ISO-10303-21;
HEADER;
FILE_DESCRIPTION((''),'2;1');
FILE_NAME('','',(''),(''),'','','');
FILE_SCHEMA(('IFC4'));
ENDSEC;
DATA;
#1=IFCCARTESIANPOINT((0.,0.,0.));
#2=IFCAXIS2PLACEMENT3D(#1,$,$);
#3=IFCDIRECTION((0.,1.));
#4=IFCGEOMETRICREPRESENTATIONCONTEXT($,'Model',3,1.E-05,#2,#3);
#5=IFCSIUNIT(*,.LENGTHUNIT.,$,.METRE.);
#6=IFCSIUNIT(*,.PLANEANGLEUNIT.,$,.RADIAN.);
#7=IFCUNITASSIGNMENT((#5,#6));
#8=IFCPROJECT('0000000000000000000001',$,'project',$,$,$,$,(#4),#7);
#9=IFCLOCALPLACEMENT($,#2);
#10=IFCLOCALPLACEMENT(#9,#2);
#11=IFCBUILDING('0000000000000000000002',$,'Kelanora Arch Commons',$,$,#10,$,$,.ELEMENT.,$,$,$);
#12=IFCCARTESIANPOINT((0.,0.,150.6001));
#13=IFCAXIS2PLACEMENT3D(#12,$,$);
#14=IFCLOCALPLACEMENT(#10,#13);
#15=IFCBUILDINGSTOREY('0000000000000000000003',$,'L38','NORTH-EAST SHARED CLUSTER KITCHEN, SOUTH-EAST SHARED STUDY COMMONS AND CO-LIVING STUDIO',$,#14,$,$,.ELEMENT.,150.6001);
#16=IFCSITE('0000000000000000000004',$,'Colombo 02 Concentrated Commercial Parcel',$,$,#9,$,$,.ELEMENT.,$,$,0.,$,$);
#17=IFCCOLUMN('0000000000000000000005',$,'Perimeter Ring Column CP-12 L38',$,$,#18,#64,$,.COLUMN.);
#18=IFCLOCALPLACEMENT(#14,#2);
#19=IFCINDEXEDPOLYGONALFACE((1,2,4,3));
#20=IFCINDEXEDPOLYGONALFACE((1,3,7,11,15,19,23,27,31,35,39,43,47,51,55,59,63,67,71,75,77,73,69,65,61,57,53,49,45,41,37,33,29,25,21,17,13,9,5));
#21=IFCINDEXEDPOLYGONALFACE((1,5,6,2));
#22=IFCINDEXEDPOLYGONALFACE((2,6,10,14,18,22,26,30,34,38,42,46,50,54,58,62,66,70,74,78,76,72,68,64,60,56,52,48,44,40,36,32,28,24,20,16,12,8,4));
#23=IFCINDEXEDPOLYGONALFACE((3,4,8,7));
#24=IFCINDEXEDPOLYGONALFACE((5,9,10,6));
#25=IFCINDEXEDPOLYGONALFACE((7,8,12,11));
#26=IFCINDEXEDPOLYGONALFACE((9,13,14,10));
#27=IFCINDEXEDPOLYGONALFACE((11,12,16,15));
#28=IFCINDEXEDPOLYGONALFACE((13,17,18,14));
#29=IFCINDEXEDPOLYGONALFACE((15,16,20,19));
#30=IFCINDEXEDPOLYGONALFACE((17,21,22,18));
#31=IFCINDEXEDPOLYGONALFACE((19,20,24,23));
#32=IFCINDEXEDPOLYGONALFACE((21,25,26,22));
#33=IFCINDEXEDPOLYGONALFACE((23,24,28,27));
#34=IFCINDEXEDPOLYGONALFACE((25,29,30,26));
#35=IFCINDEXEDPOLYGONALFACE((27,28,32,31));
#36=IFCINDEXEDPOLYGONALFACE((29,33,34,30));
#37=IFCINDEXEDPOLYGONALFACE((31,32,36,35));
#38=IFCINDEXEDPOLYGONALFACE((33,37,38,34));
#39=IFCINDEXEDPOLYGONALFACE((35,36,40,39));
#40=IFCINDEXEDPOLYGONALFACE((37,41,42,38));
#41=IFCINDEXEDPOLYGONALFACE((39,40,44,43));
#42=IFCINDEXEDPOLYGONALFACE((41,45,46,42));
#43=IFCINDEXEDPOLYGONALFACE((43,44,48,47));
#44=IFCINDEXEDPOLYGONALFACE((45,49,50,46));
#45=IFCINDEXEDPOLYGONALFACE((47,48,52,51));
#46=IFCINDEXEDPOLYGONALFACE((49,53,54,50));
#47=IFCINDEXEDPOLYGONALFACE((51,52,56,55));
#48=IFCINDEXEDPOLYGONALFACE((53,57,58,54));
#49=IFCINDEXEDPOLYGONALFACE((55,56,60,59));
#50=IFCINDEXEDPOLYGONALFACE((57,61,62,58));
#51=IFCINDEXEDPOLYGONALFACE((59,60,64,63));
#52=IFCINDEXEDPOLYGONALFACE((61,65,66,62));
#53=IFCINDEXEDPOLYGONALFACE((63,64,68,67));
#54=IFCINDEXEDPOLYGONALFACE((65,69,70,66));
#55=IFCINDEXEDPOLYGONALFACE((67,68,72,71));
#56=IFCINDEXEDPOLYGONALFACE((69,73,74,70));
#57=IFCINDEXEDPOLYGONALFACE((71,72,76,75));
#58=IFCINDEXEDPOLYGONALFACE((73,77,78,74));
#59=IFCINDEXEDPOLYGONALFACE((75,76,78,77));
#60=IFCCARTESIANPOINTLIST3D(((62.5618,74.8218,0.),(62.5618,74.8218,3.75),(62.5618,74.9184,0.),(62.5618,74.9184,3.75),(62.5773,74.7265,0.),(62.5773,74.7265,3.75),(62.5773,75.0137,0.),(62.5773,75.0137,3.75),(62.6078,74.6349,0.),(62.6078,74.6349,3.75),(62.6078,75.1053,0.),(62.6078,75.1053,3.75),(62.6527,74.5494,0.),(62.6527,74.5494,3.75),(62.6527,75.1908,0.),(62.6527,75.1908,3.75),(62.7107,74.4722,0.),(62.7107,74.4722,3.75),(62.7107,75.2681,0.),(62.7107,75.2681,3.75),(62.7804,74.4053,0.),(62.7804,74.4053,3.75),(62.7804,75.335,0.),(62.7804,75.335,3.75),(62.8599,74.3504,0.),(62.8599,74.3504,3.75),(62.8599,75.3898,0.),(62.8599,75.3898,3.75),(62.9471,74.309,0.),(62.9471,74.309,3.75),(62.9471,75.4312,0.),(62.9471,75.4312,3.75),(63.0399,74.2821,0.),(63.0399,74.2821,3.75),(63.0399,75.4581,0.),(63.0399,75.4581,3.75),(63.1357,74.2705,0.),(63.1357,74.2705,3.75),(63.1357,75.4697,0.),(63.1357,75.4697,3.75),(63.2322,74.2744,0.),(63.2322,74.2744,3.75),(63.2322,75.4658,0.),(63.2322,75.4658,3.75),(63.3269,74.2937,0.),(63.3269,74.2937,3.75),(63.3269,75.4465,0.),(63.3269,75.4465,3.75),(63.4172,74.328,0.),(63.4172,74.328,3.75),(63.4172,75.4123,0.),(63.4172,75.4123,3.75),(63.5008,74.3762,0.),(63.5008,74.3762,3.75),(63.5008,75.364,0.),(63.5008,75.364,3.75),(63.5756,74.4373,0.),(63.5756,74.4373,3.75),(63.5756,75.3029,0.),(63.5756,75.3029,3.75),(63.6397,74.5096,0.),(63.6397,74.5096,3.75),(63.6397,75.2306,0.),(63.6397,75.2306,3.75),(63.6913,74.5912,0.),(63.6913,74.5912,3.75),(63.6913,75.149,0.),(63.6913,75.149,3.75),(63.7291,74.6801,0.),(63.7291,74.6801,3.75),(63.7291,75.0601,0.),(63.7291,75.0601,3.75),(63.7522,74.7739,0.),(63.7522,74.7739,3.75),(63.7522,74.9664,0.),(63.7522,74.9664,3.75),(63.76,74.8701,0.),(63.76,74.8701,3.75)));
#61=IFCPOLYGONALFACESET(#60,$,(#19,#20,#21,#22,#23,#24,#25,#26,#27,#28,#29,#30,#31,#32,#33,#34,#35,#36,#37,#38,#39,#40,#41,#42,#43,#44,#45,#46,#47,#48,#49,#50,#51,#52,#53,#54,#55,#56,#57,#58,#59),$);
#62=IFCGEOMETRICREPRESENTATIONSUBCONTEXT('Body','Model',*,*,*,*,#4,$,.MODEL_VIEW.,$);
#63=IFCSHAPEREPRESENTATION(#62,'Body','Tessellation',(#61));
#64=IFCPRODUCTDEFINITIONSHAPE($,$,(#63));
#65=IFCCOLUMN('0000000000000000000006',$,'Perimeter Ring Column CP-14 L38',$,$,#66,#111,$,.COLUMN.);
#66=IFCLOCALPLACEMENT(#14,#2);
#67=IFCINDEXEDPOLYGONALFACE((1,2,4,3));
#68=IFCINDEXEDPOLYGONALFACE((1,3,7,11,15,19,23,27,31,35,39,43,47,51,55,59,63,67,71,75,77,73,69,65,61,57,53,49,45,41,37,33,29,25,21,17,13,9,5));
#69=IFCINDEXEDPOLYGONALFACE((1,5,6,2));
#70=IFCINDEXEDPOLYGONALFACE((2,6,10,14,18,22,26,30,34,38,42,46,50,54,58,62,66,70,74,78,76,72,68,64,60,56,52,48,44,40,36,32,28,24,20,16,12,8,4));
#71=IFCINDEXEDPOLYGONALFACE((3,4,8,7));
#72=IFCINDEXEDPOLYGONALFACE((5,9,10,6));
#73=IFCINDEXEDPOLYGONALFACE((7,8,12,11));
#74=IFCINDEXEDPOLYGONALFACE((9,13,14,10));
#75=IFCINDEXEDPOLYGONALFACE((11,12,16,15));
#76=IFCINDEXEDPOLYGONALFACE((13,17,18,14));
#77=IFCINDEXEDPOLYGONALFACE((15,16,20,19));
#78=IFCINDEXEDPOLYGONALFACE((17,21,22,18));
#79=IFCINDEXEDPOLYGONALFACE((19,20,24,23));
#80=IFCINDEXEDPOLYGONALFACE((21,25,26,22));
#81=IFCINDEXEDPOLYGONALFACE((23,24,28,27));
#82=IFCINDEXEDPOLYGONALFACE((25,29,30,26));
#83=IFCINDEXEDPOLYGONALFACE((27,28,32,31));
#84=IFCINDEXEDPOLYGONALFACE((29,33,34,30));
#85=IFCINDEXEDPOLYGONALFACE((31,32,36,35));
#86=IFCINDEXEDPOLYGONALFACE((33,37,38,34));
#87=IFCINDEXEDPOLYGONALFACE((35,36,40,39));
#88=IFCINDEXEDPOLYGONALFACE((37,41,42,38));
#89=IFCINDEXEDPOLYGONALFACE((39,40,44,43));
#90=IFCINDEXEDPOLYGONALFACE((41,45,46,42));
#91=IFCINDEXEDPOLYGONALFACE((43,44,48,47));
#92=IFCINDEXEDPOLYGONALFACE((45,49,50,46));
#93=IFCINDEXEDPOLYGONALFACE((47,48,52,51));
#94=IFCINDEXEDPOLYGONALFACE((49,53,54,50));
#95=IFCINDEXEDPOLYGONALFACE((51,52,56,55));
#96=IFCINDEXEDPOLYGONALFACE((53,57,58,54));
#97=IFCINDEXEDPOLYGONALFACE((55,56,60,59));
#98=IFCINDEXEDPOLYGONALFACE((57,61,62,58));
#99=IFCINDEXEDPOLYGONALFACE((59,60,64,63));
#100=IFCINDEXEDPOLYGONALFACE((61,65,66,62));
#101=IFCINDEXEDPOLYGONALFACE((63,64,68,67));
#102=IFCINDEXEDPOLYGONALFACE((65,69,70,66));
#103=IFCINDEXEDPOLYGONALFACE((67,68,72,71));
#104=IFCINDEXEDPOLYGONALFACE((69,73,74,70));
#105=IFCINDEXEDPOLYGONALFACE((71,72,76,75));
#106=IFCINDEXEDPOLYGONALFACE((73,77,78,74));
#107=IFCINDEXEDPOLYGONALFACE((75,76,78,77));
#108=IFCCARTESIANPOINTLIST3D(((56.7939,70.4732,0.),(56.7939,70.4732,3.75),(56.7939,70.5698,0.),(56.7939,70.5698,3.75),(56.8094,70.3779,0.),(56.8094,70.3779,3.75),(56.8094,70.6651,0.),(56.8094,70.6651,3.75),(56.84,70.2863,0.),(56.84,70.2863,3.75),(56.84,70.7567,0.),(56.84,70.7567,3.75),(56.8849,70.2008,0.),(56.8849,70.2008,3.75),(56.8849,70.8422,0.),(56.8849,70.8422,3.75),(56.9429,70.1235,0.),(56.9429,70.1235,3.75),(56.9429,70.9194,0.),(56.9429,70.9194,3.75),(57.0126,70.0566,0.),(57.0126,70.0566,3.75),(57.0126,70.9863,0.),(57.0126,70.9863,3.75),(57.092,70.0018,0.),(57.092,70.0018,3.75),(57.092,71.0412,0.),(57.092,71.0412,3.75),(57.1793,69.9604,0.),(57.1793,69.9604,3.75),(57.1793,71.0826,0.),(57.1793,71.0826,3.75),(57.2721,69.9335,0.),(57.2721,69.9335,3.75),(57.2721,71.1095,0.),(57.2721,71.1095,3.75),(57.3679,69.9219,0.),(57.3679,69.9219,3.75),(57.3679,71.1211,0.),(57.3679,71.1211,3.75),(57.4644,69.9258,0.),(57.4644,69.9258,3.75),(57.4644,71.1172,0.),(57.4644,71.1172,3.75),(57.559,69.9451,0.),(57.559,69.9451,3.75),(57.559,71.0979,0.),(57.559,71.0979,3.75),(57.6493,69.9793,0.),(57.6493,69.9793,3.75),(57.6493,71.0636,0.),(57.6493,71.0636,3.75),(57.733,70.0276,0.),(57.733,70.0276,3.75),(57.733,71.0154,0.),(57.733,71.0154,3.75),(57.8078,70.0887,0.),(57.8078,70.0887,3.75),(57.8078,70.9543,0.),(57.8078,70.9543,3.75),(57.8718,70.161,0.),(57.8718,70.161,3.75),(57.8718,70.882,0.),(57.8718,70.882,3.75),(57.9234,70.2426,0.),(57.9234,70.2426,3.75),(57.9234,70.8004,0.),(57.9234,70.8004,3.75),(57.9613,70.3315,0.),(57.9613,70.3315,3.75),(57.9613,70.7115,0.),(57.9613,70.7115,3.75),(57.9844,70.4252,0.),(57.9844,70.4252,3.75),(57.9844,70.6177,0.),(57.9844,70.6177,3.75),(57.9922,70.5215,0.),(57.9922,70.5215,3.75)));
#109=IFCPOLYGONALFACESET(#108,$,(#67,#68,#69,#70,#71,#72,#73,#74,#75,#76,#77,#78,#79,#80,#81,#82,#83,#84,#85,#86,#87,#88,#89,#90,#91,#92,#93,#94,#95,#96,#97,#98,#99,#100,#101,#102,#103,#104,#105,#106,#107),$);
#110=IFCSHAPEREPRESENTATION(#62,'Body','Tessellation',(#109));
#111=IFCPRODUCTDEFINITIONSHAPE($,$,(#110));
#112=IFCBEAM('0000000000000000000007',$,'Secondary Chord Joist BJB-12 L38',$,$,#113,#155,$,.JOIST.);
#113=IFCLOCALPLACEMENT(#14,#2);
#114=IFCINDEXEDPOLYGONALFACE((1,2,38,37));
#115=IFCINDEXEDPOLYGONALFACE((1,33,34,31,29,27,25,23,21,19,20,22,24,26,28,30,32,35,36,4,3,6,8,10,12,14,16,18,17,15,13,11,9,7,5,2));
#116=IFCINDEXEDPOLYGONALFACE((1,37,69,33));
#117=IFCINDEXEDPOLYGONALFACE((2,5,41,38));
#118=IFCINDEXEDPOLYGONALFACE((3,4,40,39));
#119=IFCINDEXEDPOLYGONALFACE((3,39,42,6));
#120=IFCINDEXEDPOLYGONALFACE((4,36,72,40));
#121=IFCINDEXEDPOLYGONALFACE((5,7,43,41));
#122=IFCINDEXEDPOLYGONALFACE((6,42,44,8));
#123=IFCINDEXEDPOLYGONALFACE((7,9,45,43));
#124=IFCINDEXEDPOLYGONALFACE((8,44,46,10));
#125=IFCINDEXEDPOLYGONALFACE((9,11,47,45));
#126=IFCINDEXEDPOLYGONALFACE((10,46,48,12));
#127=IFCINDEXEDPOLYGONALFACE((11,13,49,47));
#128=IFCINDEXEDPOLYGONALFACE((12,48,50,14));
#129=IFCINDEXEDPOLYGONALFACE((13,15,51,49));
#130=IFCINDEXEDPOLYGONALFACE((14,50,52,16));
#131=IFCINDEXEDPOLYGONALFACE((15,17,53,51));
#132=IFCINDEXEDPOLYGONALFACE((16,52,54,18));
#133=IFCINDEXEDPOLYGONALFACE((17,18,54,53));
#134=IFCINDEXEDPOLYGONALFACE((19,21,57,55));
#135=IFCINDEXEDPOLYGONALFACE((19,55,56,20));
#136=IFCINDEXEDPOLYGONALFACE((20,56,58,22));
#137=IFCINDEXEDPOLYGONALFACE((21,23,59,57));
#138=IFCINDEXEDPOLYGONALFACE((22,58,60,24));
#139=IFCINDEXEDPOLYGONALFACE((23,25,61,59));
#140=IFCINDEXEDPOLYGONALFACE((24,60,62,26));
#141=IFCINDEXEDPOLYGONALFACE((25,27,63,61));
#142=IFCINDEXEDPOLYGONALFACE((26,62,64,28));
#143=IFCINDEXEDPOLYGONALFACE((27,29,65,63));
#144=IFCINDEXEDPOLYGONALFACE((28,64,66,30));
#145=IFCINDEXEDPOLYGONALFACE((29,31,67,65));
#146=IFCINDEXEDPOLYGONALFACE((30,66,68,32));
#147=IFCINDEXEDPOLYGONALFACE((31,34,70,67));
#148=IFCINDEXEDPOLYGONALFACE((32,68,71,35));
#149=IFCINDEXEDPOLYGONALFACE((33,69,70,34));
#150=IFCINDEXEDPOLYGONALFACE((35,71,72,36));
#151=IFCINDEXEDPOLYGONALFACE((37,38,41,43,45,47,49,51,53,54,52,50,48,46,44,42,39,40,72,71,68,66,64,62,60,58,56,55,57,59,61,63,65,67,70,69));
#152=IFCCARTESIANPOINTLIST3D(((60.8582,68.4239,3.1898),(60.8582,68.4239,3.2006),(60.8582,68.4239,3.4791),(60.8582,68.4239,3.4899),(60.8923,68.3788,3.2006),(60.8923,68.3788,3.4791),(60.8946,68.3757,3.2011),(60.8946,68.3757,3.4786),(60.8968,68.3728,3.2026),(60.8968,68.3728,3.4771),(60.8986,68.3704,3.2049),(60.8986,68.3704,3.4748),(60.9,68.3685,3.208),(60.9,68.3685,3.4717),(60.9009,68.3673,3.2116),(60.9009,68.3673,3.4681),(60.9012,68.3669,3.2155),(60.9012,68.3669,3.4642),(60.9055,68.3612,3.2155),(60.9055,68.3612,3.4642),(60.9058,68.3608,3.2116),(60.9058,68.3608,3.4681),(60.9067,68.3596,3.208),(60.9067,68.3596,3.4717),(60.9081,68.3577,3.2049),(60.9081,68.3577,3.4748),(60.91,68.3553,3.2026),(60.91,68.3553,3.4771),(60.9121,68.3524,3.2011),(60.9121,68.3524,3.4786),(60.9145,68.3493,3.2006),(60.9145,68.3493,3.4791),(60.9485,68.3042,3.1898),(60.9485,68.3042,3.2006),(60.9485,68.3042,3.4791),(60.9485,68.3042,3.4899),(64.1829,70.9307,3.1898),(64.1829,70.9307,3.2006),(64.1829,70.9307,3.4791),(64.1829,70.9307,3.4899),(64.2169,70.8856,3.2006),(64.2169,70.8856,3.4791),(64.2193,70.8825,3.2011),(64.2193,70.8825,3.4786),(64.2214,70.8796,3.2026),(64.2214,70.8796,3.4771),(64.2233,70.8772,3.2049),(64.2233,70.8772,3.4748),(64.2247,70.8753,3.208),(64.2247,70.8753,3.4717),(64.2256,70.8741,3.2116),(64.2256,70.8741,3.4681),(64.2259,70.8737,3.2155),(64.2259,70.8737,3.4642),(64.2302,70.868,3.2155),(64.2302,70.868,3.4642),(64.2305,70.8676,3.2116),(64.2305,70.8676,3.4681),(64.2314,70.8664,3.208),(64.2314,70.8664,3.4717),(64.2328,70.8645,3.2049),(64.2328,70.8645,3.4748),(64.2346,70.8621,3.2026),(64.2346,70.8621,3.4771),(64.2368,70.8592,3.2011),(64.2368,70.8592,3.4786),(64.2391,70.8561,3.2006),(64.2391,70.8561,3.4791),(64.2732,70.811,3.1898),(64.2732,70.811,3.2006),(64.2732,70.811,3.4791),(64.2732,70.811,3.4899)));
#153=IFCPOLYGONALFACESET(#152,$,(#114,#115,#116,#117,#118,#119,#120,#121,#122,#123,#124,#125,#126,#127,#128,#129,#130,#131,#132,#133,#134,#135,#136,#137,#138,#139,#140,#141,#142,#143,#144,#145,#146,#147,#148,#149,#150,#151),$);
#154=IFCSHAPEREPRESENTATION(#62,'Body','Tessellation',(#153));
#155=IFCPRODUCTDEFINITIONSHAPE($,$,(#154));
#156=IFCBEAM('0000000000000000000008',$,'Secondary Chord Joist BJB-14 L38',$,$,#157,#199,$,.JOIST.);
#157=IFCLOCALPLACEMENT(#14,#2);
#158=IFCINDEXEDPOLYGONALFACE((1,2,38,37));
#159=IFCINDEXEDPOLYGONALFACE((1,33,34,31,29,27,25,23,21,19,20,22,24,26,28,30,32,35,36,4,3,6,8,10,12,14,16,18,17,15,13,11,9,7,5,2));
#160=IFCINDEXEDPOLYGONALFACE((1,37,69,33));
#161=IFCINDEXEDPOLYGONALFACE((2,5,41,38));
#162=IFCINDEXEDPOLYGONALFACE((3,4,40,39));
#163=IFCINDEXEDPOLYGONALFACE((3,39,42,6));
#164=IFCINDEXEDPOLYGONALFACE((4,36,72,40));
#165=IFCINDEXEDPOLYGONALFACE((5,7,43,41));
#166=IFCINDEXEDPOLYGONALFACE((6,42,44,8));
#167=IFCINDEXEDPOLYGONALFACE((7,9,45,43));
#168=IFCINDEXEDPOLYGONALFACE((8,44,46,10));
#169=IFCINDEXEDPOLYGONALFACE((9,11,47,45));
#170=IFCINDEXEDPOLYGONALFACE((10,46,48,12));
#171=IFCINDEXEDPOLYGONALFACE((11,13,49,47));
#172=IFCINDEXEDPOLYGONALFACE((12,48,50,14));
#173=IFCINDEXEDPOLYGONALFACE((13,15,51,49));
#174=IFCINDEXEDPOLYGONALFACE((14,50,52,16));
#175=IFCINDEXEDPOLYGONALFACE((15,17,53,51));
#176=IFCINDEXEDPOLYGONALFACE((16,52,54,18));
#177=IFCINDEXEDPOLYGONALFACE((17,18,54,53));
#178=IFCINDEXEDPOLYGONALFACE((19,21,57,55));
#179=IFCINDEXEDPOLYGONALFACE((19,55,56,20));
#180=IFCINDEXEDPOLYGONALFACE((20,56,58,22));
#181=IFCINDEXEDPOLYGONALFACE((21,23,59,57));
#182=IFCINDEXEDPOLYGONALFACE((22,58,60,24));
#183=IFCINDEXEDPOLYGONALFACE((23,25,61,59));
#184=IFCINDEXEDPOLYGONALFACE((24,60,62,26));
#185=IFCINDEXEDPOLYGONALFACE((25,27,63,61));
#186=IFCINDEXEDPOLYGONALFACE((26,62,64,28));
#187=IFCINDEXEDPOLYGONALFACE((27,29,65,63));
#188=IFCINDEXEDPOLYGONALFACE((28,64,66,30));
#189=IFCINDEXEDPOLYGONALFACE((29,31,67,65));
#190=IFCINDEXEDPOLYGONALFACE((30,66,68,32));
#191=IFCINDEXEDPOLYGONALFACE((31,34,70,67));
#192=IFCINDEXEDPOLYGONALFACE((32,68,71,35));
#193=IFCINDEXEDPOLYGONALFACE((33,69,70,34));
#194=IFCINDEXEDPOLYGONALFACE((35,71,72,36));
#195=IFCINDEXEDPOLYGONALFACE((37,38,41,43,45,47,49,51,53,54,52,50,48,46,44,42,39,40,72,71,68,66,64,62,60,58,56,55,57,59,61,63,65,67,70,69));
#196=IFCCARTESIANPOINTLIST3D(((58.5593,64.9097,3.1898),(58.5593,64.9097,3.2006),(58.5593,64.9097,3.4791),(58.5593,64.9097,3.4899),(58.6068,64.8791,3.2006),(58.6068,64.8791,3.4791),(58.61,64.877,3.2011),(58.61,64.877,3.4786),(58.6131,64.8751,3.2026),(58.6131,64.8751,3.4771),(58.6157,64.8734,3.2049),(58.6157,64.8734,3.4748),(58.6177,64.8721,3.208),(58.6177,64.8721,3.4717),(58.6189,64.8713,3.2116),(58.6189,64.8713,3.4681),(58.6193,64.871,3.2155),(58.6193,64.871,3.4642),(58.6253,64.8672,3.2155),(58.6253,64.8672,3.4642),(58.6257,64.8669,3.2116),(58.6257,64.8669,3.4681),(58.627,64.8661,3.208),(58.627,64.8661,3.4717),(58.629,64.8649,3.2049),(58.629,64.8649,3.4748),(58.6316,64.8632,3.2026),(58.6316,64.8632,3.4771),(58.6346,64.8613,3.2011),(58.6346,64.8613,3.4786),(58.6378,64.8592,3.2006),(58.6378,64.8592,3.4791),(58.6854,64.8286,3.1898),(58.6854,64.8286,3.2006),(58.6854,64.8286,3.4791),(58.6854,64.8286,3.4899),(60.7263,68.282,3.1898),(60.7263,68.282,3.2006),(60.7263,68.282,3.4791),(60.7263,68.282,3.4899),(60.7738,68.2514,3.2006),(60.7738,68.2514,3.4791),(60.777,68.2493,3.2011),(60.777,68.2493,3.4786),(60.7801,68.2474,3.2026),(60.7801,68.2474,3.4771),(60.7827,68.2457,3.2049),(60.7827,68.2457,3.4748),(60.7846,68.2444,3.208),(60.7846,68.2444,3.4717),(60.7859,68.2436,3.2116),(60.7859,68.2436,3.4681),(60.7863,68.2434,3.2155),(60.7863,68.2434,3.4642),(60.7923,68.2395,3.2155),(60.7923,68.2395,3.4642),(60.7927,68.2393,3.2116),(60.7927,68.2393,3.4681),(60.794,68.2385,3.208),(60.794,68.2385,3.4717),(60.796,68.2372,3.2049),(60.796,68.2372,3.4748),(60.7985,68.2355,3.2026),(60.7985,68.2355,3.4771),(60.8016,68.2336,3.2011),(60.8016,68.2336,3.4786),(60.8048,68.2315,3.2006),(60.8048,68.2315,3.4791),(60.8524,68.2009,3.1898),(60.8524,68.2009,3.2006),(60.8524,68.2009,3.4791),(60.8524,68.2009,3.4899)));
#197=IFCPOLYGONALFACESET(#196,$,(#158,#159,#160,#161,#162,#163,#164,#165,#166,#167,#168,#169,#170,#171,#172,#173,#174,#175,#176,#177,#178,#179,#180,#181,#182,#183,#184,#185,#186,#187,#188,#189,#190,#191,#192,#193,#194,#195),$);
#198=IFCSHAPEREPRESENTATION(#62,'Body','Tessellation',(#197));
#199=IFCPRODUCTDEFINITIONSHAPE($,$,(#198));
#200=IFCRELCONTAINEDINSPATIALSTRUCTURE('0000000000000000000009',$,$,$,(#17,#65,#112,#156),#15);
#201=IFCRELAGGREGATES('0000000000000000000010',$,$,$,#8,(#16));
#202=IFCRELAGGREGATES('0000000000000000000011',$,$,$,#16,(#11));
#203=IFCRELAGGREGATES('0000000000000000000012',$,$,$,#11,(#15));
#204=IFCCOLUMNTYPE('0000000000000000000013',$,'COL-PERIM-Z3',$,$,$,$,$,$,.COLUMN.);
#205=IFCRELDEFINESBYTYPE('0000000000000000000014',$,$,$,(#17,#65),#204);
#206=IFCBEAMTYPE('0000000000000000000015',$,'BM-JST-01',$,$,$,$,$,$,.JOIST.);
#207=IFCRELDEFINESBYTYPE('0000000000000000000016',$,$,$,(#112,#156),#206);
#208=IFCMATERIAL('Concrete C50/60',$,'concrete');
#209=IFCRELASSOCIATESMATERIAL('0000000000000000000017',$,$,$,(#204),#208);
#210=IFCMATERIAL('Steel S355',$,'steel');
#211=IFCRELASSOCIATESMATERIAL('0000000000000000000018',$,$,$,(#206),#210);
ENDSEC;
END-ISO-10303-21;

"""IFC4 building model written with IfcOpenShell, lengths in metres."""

from ifc_helpers import new_model, si_unit, direction, frame, origin, origin_2d, place, context, subcontext, project, spatial, circle, i_section, extrude, material, material_profile, profile_set, type_object, element, save


model = new_model("IFC4")

# Units and contexts
model_context = context("Model", 3, precision=1e-05, world=origin(), true_north=direction((0.0, 1.0)))
body_context = subcontext(model_context, "Body", "Model", "MODEL_VIEW")
ifc_project = project(units=[si_unit("LENGTHUNIT", "METRE"), si_unit("PLANEANGLEUNIT", "RADIAN")], contexts=[model_context])

# Site, building, storey
site_placement = place(None, origin())
site = spatial("IfcSite", under=ifc_project, at=site_placement, Name="Colombo 02 Concentrated Commercial Parcel", CompositionType="ELEMENT", RefElevation=0.0)
building_placement = place(site_placement, origin())
building = spatial("IfcBuilding", under=site, at=building_placement, Name="Kelanora Arch Commons", CompositionType="ELEMENT")
storey_placement = place(building_placement, frame((0.0, 0.0, 150.6001)))
storey = spatial("IfcBuildingStorey", under=building, at=storey_placement, Name="L38", Description="NORTH-EAST SHARED CLUSTER KITCHEN, SOUTH-EAST SHARED STUDY COMMONS AND CO-LIVING STUDIO", CompositionType="ELEMENT", Elevation=150.6001)

# Columns
ifc_material_1 = material(Name="Concrete C50/60", Category="concrete")
ifc_material_profile_1 = material_profile(ifc_material_1, circle(Radius=0.6001, at=origin_2d()), Name="RCC1200")
ifc_profile_set_1 = profile_set([ifc_material_profile_1], Name="Concrete C50/60")
column_type = type_object("IfcColumnType", Name="COL-PERIM-Z3", PredefinedType="COLUMN", material=ifc_profile_set_1)
for number, where, z_axis, x_axis, name in (
    (1, (63.1599, 74.8701, 0.0), (0.0, 0.0, 1.0), (1.0, 0.0, 0.0), "Perimeter Ring Column CP-12 L38"),
    (2, (57.3921, 70.5215, 0.0), (0.0, 0.0, 1.0), (1.0, 0.0, 0.0), "Perimeter Ring Column CP-14 L38"),
):
    element("IfcColumn", number, at=place(storey_placement, frame(where, z_axis=z_axis, x_axis=x_axis)), inside=storey, type_object=column_type, Name=name, PredefinedType="COLUMN", context=body_context, shape_type="SweptSolid", body=[
        extrude(circle(Radius=0.6001, at=origin_2d()), origin(), (0.0, 0.0, 1.0), 3.75),
    ])

# Beams
ifc_material_2 = material(Name="Steel S355", Category="steel")
ifc_material_profile_2 = material_profile(ifc_material_2, i_section(OverallWidth=0.1499, OverallDepth=0.3, WebThickness=0.0071, FlangeThickness=0.0107, FilletRadius=0.0149, at=origin_2d()), Name="IPE300")
ifc_profile_set_2 = profile_set([ifc_material_profile_2], Name="Steel S355")
beam_type_1 = type_object("IfcBeamType", Name="BM-JST-01", PredefinedType="JOIST", material=ifc_profile_set_2)
beam_1_placement = place(storey_placement, frame((64.228, 70.8708, 3.3398), z_axis=(-0.798464, -0.602043, 0.0), x_axis=(0.602043, -0.798464, 0.0)))
element("IfcBeam", 3, at=beam_1_placement, inside=storey, type_object=beam_type_1, Name="Secondary Chord Joist BJB-12 L38", PredefinedType="JOIST", context=body_context, shape_type="SweptSolid", body=[
    extrude(i_section(OverallWidth=0.1499, OverallDepth=0.3, WebThickness=0.0071, FlangeThickness=0.0107, FilletRadius=0.0149, at=origin_2d()), origin(), (0.0, 0.0, 1.0), 4.1638),
])
beam_2_placement = place(storey_placement, frame((60.7893, 68.2415, 3.3398), z_axis=(-0.540594, -0.841283, 0.0), x_axis=(0.841283, -0.540594, 0.0)))
element("IfcBeam", 4, at=beam_2_placement, inside=storey, type_object=beam_type_1, Name="Secondary Chord Joist BJB-14 L38", PredefinedType="JOIST", context=body_context, shape_type="SweptSolid", body=[
    extrude(i_section(OverallWidth=0.1499, OverallDepth=0.3, WebThickness=0.0071, FlangeThickness=0.0107, FilletRadius=0.0149, at=origin_2d()), origin(), (0.0, 0.0, 1.0), 4.0085),
])

save(model, "model.ifc")
